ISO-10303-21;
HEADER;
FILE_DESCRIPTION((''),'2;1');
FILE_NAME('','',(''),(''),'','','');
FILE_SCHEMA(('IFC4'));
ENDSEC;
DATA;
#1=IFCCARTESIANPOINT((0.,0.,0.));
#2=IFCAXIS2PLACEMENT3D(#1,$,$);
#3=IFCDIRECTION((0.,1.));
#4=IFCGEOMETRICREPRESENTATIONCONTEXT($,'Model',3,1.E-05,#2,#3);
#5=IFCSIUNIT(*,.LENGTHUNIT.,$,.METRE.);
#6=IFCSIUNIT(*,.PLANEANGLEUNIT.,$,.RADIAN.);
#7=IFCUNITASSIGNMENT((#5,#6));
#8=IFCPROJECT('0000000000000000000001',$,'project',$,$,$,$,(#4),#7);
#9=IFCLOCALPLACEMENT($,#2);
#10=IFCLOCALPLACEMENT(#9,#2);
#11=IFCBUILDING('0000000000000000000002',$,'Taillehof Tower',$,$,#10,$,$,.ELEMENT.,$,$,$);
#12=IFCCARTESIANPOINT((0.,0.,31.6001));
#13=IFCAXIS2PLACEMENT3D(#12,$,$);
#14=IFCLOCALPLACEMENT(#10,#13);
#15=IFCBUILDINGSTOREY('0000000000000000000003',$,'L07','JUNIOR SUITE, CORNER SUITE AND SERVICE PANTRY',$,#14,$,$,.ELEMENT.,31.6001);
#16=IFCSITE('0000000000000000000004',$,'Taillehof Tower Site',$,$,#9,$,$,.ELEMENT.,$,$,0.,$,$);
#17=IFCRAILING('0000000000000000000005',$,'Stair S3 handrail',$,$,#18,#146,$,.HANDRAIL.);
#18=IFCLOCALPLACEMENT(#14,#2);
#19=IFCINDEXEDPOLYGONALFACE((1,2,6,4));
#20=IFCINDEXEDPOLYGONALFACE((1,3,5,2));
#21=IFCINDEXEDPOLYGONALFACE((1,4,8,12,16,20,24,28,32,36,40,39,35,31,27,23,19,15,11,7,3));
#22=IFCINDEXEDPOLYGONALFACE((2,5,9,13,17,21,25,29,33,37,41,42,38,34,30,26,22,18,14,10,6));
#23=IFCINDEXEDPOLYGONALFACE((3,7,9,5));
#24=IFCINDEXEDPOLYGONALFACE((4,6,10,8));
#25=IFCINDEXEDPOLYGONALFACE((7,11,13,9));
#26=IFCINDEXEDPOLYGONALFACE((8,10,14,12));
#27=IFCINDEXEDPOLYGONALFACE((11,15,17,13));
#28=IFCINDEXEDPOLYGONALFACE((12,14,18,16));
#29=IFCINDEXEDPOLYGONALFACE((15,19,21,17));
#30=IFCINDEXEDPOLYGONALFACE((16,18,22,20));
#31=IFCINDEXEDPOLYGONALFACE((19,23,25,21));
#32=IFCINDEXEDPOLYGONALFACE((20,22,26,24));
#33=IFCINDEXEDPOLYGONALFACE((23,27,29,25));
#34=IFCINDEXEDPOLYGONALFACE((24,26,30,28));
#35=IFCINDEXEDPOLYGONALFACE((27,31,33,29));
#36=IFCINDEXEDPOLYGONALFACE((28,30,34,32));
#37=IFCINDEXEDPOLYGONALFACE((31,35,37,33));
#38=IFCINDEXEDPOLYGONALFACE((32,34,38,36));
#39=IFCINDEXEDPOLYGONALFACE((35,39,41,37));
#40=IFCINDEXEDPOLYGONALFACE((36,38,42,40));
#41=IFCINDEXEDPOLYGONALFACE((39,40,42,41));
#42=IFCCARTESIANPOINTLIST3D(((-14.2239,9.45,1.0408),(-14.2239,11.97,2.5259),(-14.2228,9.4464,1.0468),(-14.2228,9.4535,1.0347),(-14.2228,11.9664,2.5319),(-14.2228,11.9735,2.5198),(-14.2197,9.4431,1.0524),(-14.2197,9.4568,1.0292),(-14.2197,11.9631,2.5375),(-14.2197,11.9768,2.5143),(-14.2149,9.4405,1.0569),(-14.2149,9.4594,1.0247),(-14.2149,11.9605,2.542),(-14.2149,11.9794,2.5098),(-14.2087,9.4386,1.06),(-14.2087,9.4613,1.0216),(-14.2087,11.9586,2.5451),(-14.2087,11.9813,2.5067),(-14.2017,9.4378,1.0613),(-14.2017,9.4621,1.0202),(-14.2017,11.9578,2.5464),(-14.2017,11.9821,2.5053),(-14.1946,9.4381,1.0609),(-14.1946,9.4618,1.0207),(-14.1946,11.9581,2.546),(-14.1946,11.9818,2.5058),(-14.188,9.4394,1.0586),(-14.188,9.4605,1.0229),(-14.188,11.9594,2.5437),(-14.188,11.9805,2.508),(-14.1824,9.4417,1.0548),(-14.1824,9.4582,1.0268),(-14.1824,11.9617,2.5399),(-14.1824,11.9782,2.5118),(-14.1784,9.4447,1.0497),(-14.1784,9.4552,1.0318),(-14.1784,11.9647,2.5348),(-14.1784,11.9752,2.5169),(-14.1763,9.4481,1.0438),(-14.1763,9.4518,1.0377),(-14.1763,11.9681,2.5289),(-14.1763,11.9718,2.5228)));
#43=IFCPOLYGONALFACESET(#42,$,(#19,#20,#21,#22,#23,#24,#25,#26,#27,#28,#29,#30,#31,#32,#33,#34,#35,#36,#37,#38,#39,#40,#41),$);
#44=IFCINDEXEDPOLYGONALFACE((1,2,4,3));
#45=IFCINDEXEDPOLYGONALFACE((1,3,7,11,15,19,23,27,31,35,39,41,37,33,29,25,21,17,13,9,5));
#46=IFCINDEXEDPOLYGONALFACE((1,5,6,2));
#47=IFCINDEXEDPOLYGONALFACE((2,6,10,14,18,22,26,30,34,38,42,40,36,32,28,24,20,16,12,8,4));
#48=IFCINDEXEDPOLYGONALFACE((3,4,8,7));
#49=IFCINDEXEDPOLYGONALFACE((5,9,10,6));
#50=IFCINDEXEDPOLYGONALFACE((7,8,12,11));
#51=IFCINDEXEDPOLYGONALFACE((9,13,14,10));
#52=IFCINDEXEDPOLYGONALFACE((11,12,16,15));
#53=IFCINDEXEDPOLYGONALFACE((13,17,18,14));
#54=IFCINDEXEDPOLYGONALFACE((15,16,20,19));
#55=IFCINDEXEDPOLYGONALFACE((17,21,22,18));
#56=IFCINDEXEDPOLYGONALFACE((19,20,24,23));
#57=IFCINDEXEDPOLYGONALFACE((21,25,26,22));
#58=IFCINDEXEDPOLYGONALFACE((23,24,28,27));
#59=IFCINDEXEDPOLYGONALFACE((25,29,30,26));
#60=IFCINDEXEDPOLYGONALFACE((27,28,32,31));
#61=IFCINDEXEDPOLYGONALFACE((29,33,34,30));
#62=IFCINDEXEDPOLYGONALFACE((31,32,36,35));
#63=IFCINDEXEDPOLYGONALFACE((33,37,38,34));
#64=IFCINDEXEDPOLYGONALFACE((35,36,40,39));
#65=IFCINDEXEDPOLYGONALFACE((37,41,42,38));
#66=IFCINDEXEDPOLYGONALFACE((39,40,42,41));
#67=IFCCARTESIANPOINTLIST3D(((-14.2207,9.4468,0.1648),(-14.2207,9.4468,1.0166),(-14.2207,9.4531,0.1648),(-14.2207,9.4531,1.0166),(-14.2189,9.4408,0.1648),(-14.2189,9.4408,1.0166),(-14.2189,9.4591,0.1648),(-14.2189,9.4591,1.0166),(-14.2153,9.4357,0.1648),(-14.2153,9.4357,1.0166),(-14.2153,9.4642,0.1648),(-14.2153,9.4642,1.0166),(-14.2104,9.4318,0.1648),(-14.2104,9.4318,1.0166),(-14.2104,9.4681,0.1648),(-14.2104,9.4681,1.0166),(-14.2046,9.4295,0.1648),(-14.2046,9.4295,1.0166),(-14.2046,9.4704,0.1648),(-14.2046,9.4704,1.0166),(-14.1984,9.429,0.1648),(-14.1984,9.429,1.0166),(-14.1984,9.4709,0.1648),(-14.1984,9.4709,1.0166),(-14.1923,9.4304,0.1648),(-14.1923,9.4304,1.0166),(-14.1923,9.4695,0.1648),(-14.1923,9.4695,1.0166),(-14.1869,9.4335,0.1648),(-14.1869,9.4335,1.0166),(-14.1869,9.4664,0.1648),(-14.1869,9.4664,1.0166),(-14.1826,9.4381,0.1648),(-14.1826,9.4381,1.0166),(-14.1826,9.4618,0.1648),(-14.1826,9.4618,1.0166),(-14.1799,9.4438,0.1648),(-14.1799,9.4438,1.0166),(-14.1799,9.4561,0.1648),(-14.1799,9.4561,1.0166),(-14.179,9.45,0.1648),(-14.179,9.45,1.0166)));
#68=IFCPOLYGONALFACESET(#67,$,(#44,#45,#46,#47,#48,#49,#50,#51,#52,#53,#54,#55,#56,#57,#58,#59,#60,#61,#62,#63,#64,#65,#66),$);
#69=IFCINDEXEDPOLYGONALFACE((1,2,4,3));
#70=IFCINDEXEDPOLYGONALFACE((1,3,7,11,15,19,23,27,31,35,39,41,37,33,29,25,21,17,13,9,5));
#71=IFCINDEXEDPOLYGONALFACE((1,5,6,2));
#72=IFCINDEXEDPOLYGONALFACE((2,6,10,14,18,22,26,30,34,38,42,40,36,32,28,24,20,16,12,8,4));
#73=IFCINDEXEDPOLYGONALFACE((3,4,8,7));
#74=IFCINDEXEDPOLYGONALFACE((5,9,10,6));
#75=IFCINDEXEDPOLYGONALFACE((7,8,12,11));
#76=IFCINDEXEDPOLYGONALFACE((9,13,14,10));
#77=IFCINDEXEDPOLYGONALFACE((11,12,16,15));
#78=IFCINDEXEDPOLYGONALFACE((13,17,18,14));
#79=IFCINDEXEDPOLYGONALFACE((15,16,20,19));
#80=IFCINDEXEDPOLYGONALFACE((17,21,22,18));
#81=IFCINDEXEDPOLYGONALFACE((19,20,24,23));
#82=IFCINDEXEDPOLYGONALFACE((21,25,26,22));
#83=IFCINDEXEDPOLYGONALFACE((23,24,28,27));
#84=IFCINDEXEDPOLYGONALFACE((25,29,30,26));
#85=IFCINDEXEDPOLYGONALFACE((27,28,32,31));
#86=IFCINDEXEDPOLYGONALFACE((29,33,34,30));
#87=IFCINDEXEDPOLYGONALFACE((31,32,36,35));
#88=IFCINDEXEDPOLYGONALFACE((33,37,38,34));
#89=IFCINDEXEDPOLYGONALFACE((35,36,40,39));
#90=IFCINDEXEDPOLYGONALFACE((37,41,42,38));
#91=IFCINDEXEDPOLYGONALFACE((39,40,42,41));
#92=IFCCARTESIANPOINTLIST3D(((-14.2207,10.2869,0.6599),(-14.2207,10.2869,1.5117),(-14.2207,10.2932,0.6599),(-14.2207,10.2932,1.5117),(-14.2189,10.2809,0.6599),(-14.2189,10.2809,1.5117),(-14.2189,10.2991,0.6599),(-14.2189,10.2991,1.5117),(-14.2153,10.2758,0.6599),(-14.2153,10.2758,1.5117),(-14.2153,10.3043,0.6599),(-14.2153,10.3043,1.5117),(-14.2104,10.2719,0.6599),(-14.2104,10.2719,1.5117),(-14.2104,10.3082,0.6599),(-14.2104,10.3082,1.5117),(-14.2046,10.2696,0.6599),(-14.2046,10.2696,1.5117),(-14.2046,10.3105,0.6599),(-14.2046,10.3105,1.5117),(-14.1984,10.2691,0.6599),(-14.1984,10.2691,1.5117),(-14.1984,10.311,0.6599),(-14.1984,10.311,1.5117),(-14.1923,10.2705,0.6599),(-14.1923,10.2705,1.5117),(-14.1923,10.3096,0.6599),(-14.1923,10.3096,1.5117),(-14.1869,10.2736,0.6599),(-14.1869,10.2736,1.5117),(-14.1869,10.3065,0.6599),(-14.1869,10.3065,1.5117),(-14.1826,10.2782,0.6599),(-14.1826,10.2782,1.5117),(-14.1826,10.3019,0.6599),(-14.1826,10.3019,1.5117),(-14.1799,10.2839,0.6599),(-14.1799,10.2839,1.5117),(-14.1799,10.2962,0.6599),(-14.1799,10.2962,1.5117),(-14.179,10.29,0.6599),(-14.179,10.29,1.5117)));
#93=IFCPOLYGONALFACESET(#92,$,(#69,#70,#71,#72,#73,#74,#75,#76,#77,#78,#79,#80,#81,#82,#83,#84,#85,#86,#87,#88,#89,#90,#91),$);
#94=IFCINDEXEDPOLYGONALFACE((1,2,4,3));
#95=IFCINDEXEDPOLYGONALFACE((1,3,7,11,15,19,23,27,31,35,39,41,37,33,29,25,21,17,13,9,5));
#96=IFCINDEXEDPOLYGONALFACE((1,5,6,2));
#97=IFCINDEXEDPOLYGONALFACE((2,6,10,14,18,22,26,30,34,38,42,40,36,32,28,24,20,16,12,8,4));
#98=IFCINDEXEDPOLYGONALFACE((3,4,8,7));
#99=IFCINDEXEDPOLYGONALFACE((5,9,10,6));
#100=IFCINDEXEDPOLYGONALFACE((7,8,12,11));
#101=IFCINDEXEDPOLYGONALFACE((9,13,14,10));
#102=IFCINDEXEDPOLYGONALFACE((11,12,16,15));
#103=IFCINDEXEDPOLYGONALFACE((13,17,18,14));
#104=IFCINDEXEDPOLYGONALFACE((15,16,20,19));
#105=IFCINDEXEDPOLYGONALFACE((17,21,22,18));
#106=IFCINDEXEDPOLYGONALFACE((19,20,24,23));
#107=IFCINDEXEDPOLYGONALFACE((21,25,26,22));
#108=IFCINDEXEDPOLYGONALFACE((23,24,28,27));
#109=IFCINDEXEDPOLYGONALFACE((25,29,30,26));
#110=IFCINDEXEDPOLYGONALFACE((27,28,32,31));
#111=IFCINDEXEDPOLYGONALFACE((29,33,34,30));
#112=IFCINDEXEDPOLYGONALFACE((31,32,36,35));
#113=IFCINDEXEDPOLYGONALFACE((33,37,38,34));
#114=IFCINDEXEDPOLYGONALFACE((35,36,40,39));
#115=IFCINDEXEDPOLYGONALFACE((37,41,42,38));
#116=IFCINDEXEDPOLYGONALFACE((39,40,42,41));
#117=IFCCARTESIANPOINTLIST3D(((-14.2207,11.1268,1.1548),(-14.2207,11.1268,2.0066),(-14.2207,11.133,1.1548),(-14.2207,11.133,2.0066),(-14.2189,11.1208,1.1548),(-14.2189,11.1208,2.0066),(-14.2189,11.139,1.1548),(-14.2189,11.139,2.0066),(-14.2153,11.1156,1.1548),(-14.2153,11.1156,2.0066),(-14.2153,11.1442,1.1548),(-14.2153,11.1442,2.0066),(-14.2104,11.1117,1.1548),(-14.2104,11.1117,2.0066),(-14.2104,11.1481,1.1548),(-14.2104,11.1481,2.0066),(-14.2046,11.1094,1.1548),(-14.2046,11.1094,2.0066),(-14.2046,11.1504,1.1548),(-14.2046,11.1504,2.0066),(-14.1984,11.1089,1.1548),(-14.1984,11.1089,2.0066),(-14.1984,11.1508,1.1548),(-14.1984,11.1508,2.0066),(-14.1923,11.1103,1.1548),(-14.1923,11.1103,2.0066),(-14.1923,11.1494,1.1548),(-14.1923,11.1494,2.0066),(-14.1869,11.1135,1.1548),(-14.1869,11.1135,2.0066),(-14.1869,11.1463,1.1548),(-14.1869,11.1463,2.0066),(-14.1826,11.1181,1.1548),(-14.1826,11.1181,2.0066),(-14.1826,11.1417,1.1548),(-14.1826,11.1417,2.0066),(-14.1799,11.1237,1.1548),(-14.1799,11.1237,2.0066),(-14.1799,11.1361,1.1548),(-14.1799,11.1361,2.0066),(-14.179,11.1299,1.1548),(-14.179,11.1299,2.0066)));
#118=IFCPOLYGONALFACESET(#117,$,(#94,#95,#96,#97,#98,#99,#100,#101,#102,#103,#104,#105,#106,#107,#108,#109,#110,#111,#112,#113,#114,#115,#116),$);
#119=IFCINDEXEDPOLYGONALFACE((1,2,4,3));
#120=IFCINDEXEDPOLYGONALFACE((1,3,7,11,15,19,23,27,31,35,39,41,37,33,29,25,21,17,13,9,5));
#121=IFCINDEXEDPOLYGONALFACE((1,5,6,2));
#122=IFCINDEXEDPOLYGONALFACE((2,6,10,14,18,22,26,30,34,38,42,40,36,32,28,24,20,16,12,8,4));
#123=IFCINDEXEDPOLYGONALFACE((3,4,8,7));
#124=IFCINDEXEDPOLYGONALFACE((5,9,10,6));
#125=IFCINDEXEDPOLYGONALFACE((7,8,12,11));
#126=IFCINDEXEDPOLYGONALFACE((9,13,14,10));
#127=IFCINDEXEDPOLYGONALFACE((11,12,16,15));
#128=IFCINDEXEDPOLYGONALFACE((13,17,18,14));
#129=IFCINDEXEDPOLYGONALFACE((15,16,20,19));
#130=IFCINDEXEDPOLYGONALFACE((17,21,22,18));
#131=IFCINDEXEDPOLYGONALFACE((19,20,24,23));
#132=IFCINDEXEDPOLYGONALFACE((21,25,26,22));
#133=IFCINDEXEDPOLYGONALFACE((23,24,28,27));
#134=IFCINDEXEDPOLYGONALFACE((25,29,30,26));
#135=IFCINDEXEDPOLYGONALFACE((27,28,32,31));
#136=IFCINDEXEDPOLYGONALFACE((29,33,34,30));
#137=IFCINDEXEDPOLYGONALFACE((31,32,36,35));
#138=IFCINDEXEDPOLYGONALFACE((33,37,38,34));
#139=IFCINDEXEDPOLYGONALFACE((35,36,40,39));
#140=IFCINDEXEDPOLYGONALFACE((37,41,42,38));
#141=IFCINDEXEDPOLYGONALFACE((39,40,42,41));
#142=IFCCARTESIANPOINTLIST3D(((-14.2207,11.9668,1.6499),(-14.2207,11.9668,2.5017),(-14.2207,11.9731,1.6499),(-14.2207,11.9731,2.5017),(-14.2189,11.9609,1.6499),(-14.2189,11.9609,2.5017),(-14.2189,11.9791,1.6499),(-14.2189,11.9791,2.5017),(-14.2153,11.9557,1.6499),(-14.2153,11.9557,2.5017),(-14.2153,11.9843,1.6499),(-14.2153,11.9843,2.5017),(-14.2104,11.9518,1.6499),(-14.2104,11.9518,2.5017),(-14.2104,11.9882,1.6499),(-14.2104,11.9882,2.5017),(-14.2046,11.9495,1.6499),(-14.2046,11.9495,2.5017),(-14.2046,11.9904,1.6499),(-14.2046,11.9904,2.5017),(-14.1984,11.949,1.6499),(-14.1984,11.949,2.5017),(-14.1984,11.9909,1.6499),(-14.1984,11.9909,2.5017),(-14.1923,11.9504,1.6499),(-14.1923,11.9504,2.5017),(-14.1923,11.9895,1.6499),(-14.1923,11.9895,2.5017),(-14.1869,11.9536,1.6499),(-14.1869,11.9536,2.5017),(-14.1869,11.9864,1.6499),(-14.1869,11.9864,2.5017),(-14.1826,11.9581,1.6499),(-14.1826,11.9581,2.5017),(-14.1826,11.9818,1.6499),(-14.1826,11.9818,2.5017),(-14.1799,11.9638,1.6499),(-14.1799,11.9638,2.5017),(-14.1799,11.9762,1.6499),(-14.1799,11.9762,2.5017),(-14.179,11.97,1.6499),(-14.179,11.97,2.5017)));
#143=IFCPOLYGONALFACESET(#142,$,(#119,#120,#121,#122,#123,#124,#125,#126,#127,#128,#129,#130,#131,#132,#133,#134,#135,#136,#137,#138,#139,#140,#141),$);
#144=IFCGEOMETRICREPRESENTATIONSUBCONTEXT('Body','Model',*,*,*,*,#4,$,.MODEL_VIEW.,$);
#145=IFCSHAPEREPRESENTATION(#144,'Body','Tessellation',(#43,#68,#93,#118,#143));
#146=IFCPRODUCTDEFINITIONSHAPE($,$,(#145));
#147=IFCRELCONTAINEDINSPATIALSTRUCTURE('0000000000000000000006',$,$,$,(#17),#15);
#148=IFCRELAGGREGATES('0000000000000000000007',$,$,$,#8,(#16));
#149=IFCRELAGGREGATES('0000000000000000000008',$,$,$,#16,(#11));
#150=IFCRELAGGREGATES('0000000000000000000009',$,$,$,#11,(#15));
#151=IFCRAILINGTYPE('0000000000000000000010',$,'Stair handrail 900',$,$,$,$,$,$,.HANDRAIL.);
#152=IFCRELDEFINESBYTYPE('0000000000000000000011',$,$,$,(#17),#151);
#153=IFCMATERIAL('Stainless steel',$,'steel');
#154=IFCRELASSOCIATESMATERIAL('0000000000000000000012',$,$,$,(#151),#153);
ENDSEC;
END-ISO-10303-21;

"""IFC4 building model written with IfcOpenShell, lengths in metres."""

from ifc_helpers import new_model, si_unit, direction, frame, origin, origin_2d, place, context, subcontext, project, spatial, circle, extrude, material, type_object, element, save


model = new_model("IFC4")

# Units and contexts
model_context = context("Model", 3, precision=1e-05, world=origin(), true_north=direction((0.0, 1.0)))
body_context = subcontext(model_context, "Body", "Model", "MODEL_VIEW")
ifc_project = project(units=[si_unit("LENGTHUNIT", "METRE"), si_unit("PLANEANGLEUNIT", "RADIAN")], contexts=[model_context])

# Site, building, storey
site_placement = place(None, origin())
site = spatial("IfcSite", under=ifc_project, at=site_placement, Name="Taillehof Tower Site", CompositionType="ELEMENT", RefElevation=0.0)
building_placement = place(site_placement, origin())
building = spatial("IfcBuilding", under=site, at=building_placement, Name="Taillehof Tower", CompositionType="ELEMENT")
storey_placement = place(building_placement, frame((0.0, 0.0, 31.6001)))
storey = spatial("IfcBuildingStorey", under=building, at=storey_placement, Name="L07", Description="JUNIOR SUITE, CORNER SUITE AND SERVICE PANTRY", CompositionType="ELEMENT", Elevation=31.6001)

# Railing
ifc_material_1 = material(Name="Stainless steel", Category="steel")
railing_type_1 = type_object("IfcRailingType", Name="Stair handrail 900", PredefinedType="HANDRAIL", material=ifc_material_1)
railing_1_placement = place(storey_placement, frame((-14.2, 9.45, 0.1648)))
element("IfcRailing", 1, at=railing_1_placement, inside=storey, type_object=railing_type_1, Name="Stair S3 handrail", PredefinedType="HANDRAIL", context=body_context, shape_type="SweptSolid", body=[
    extrude(circle(Radius=0.0239, at=origin_2d()), frame((0.0, 0.0, 0.876), z_axis=(0.0, 0.861524, 0.507717), x_axis=(-1.0, 0.0, 0.0)), (0.0, 0.0, 1.0), 2.925),
    extrude(circle(Radius=0.021, at=origin_2d()), origin(), (0.0, 0.0, 1.0), 0.8518),
    extrude(circle(Radius=0.021, at=origin_2d()), frame((0.0, 0.8401, 0.4951)), (0.0, 0.0, 1.0), 0.8518),
    extrude(circle(Radius=0.021, at=origin_2d()), frame((0.0, 1.6799, 0.99)), (0.0, 0.0, 1.0), 0.8518),
    extrude(circle(Radius=0.021, at=origin_2d()), frame((0.0, 2.52, 1.4851)), (0.0, 0.0, 1.0), 0.8518),
])

save(model, "model.ifc")
